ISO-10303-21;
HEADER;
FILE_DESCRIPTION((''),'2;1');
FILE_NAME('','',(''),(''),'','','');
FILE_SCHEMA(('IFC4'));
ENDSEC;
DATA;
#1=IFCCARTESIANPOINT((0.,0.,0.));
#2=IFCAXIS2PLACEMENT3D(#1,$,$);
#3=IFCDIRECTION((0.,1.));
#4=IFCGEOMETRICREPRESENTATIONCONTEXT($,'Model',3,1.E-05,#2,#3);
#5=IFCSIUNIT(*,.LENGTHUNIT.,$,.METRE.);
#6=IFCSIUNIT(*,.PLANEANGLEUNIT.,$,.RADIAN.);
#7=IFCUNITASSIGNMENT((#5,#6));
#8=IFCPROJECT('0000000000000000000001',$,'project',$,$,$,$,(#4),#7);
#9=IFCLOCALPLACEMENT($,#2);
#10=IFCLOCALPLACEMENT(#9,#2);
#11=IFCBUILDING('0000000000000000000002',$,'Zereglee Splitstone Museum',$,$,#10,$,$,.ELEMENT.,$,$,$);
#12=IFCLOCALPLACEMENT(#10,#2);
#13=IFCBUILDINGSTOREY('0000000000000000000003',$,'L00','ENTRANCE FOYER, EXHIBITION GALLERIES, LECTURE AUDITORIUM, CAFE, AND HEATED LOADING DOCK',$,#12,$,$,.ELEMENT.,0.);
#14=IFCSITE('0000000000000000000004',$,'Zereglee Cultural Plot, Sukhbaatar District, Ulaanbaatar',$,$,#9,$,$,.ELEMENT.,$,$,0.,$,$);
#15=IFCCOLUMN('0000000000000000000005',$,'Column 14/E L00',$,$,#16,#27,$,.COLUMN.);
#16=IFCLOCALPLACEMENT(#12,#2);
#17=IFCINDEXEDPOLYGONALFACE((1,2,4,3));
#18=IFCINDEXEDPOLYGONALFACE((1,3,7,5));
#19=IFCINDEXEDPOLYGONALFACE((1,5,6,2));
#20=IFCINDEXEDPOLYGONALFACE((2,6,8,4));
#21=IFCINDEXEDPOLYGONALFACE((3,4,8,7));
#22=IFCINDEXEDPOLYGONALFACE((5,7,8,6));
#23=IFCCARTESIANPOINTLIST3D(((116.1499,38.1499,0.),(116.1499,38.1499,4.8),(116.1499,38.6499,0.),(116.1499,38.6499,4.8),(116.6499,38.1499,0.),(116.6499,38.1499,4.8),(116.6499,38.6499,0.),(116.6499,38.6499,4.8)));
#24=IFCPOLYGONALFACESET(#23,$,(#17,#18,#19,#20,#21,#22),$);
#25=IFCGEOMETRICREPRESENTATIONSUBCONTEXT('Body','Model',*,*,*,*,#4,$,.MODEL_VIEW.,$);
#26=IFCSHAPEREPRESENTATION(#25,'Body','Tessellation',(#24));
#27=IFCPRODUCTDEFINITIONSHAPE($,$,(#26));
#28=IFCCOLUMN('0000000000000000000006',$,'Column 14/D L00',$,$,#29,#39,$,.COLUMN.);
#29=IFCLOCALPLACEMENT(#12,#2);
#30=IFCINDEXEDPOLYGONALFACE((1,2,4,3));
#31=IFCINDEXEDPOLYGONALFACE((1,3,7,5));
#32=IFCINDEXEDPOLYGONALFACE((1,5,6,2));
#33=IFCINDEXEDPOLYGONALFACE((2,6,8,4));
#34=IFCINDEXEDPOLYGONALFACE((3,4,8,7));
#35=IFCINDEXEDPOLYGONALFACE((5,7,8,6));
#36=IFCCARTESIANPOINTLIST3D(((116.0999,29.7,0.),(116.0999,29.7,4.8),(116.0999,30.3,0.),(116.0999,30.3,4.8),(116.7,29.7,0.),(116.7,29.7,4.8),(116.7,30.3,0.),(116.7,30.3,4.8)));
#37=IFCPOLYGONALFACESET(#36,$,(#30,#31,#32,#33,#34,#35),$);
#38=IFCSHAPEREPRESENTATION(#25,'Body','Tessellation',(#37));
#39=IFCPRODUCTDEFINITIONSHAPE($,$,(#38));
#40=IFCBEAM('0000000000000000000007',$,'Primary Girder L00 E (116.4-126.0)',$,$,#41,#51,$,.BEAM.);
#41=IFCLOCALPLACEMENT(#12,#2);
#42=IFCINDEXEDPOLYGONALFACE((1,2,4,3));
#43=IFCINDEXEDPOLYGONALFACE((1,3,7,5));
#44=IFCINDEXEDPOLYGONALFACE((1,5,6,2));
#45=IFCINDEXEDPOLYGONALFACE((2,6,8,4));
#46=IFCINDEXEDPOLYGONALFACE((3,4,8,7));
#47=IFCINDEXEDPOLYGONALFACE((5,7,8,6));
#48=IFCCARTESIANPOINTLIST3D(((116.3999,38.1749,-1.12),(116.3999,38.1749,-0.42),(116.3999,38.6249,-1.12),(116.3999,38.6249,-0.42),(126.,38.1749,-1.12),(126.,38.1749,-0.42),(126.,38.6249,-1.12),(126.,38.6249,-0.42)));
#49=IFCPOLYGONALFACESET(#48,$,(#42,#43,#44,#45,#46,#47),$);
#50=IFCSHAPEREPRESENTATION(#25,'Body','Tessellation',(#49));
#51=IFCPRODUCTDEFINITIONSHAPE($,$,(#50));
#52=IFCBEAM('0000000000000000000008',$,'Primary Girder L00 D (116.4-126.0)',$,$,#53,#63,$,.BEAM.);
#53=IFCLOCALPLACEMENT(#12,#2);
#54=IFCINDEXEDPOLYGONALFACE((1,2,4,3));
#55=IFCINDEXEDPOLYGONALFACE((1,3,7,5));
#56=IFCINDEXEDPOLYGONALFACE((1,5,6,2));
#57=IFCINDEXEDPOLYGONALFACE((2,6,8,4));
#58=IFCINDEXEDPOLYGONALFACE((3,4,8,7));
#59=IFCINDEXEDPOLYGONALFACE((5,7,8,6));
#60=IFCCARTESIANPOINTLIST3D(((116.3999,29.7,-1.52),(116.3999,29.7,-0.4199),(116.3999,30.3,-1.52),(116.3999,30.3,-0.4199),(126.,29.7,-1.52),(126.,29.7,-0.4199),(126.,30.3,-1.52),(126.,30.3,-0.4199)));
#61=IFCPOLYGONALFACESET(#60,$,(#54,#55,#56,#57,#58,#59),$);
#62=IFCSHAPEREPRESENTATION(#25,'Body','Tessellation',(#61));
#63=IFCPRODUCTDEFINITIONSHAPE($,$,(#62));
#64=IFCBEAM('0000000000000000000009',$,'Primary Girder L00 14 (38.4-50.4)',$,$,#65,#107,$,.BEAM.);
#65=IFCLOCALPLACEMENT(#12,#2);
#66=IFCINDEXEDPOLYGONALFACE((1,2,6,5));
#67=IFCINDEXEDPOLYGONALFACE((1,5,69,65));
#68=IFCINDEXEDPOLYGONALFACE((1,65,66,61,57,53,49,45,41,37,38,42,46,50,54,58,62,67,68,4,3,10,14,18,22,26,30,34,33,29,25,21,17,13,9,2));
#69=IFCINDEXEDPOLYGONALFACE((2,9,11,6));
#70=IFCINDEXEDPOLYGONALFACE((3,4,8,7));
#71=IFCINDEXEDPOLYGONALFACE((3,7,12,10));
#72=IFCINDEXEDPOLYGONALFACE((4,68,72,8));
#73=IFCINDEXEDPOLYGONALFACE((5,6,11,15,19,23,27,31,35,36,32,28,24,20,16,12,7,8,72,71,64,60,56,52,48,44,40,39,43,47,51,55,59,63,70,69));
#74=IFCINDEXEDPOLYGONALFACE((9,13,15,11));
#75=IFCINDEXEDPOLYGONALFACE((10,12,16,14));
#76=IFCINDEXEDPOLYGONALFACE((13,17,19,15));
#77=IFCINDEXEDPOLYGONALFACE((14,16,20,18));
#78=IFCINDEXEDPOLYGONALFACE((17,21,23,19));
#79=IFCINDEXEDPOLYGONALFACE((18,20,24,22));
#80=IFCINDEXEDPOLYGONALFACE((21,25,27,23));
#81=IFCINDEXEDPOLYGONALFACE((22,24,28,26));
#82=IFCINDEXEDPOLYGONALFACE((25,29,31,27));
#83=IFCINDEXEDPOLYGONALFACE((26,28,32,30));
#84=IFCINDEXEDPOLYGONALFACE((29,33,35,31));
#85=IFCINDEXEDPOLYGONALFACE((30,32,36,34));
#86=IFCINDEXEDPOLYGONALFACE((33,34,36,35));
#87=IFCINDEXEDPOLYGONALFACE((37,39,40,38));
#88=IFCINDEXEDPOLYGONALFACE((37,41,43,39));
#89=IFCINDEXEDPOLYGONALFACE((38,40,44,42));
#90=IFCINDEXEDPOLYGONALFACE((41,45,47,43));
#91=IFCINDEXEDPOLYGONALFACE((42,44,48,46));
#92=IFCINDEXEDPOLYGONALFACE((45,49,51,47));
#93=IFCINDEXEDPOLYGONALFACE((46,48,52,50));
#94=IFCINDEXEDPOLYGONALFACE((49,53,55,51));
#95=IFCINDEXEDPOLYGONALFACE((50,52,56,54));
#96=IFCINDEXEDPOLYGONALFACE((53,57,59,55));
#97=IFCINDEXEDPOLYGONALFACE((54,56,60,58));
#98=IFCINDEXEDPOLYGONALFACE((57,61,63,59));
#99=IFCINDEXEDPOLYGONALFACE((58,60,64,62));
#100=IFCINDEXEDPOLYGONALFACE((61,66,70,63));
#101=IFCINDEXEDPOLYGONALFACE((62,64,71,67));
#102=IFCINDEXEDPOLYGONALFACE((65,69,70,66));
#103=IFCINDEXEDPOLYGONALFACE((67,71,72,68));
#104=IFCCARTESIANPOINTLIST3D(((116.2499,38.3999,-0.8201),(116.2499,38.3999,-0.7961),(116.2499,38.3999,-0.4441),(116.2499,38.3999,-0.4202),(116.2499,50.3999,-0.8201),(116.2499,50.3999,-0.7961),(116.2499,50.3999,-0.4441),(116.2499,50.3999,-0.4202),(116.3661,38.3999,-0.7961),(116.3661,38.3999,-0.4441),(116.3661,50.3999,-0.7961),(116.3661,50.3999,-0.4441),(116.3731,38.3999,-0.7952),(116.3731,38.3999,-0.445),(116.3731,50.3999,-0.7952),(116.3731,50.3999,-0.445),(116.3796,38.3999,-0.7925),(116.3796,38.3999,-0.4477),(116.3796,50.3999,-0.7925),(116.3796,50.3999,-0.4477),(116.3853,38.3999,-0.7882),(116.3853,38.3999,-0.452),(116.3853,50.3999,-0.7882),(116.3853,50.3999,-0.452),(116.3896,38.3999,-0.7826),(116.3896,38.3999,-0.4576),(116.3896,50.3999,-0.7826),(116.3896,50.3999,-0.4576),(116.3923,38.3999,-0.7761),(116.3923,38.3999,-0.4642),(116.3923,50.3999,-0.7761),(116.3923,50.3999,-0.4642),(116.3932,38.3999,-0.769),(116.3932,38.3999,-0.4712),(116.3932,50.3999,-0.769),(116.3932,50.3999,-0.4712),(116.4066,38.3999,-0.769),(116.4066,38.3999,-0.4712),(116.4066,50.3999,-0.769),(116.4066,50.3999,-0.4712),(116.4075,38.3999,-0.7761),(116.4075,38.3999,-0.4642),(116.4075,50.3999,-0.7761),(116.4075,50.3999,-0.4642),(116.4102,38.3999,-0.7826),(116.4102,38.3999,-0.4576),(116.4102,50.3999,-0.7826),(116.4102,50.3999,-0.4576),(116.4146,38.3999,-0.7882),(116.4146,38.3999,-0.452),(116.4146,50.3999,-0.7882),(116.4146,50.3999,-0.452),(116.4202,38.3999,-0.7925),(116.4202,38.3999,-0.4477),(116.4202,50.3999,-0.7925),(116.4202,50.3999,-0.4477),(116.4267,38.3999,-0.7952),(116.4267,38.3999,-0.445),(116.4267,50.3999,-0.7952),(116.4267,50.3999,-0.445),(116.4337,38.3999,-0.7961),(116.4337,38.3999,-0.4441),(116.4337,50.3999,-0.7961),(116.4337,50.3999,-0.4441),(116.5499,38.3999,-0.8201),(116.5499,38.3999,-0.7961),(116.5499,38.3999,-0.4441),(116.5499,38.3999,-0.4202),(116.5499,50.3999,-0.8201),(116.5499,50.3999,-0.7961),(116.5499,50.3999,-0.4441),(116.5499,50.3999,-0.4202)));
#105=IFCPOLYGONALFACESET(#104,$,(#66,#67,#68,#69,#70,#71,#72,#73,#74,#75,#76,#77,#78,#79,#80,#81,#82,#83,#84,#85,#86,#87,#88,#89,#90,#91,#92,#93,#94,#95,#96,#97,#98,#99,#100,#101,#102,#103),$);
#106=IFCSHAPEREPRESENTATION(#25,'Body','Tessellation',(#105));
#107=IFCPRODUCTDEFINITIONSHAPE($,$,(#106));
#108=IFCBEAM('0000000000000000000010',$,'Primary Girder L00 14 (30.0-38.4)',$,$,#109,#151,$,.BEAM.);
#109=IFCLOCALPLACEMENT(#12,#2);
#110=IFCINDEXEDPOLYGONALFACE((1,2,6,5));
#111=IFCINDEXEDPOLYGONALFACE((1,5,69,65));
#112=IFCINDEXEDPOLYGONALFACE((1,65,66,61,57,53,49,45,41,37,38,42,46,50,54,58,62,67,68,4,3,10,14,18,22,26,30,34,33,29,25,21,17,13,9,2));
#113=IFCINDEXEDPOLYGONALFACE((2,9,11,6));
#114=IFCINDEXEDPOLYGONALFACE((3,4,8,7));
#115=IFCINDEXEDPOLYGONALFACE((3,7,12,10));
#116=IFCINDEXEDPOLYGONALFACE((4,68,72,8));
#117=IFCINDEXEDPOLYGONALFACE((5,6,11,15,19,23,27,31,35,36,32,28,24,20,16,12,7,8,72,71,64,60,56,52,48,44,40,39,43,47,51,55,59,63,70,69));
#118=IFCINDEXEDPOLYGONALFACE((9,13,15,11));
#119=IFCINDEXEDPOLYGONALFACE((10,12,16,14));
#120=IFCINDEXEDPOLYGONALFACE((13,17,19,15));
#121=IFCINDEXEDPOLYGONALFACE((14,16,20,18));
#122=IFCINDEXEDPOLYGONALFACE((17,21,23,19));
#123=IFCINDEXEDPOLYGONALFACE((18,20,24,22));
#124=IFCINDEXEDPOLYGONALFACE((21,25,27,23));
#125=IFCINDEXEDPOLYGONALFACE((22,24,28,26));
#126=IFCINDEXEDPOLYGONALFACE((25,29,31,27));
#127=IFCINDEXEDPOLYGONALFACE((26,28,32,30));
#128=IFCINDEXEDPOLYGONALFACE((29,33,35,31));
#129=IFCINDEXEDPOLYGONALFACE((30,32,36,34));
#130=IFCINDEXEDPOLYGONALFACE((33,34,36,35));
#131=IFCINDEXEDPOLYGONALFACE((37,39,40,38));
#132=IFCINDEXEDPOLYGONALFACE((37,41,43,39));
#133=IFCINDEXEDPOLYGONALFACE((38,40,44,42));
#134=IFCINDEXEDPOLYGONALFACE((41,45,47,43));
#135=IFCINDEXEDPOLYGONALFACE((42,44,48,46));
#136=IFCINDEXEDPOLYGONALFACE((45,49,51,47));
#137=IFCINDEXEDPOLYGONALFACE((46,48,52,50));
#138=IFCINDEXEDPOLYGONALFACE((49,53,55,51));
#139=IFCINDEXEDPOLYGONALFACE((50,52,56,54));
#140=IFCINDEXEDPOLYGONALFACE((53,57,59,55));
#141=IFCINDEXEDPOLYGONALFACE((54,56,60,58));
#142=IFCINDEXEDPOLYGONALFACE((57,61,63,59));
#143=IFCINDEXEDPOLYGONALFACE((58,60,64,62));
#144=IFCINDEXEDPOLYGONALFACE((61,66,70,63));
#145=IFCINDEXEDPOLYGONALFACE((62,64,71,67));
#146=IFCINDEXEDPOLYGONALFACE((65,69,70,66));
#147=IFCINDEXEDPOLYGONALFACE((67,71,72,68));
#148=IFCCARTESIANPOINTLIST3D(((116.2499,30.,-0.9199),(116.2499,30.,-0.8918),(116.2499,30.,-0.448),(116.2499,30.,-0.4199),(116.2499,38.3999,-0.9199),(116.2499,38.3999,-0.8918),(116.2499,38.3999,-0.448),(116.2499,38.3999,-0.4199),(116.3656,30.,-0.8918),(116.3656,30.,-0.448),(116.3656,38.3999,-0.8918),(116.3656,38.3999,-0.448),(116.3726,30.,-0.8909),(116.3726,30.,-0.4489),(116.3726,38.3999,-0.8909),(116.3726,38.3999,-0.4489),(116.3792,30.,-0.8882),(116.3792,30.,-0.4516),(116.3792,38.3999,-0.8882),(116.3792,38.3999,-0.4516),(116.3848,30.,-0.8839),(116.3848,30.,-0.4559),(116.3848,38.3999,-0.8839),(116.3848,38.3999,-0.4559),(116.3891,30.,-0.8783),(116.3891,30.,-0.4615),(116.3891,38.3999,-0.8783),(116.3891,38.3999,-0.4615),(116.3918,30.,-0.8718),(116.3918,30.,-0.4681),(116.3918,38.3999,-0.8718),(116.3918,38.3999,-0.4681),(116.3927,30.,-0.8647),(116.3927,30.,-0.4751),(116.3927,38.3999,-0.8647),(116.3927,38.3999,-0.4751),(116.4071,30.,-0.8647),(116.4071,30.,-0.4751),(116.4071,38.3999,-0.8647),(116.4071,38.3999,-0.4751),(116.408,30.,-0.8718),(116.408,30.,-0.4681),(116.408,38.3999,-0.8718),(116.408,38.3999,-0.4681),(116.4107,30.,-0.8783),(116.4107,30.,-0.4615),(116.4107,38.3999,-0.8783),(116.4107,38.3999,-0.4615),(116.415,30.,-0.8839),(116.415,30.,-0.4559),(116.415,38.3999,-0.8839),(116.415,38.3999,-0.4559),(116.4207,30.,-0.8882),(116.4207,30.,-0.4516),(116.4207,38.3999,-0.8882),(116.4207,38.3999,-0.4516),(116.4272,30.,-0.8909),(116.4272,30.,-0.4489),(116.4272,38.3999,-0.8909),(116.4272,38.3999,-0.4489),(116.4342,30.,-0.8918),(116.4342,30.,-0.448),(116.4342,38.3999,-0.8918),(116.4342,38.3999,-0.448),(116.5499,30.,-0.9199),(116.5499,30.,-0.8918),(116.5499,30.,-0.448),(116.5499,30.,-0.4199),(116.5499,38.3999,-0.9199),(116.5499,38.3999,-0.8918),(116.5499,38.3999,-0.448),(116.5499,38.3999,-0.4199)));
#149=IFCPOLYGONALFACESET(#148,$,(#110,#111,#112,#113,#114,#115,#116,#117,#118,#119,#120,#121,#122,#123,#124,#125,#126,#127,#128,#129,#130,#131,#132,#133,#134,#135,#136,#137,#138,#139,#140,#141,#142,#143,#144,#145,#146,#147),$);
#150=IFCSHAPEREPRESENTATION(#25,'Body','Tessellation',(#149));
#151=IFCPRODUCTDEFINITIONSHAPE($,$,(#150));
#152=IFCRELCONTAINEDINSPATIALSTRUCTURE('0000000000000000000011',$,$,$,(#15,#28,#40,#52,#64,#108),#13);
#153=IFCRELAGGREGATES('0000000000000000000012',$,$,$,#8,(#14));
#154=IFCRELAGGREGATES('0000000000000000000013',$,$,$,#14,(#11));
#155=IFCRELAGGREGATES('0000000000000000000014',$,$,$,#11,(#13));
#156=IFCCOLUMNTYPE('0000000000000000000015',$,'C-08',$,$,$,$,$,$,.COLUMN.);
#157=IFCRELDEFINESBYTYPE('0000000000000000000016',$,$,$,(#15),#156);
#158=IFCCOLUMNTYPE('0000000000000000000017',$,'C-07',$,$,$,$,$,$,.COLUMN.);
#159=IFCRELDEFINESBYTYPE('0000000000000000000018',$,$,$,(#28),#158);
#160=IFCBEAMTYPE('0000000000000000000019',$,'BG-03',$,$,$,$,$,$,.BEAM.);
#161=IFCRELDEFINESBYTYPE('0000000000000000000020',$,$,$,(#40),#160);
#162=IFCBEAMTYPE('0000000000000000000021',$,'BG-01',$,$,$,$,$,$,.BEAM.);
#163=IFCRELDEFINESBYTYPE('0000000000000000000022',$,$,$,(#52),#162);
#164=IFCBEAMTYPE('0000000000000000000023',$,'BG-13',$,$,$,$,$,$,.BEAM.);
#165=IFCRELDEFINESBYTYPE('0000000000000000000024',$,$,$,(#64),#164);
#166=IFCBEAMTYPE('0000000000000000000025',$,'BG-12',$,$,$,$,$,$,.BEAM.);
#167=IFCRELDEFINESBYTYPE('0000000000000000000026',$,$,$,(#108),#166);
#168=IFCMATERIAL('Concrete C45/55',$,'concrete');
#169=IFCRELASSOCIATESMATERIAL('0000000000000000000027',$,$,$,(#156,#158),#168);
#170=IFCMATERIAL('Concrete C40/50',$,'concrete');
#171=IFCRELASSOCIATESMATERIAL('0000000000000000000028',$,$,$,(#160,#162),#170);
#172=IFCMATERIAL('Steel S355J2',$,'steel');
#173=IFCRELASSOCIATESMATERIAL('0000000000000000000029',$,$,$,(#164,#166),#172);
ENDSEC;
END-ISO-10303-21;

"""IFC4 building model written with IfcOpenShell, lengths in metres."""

from ifc_helpers import new_model, si_unit, direction, frame, origin, origin_2d, place, context, subcontext, project, spatial, rectangle, i_section, extrude, material, material_profile, profile_set, type_object, element, save


model = new_model("IFC4")

# Units and contexts
model_context = context("Model", 3, precision=1e-05, world=origin(), true_north=direction((0.0, 1.0)))
body_context = subcontext(model_context, "Body", "Model", "MODEL_VIEW")
ifc_project = project(units=[si_unit("LENGTHUNIT", "METRE"), si_unit("PLANEANGLEUNIT", "RADIAN")], contexts=[model_context])

# Site, building, storey
site_placement = place(None, origin())
site = spatial("IfcSite", under=ifc_project, at=site_placement, Name="Zereglee Cultural Plot, Sukhbaatar District, Ulaanbaatar", CompositionType="ELEMENT", RefElevation=0.0)
building_placement = place(site_placement, origin())
building = spatial("IfcBuilding", under=site, at=building_placement, Name="Zereglee Splitstone Museum", CompositionType="ELEMENT")
storey_placement = place(building_placement, origin())
storey = spatial("IfcBuildingStorey", under=building, at=storey_placement, Name="L00", Description="ENTRANCE FOYER, EXHIBITION GALLERIES, LECTURE AUDITORIUM, CAFE, AND HEATED LOADING DOCK", CompositionType="ELEMENT", Elevation=0.0)

# Columns
ifc_material_1 = material(Name="Concrete C45/55", Category="concrete")
ifc_material_profile_1 = material_profile(ifc_material_1, rectangle(XDim=0.5, YDim=0.5, at=origin_2d()), Name="RC 500x500")
ifc_profile_set_1 = profile_set([ifc_material_profile_1], Name="Concrete C45/55")
column_type_1 = type_object("IfcColumnType", Name="C-08", PredefinedType="COLUMN", material=ifc_profile_set_1)
column_1_placement = place(storey_placement, frame((116.3999, 38.3999, 0.0), z_axis=(0.0, 0.0, 1.0), x_axis=(1.0, 0.0, 0.0)))
element("IfcColumn", 1, at=column_1_placement, inside=storey, type_object=column_type_1, Name="Column 14/E L00", PredefinedType="COLUMN", context=body_context, shape_type="SweptSolid", body=[
    extrude(rectangle(XDim=0.5, YDim=0.5, at=origin_2d()), origin(), (0.0, 0.0, 1.0), 4.8),
])
ifc_material_profile_2 = material_profile(ifc_material_1, rectangle(XDim=0.6001, YDim=0.6001, at=origin_2d()), Name="RC 600x600")
ifc_profile_set_2 = profile_set([ifc_material_profile_2], Name="Concrete C45/55")
column_type_2 = type_object("IfcColumnType", Name="C-07", PredefinedType="COLUMN", material=ifc_profile_set_2)
column_2_placement = place(storey_placement, frame((116.3999, 30.0, 0.0), z_axis=(0.0, 0.0, 1.0), x_axis=(1.0, 0.0, 0.0)))
element("IfcColumn", 2, at=column_2_placement, inside=storey, type_object=column_type_2, Name="Column 14/D L00", PredefinedType="COLUMN", context=body_context, shape_type="SweptSolid", body=[
    extrude(rectangle(XDim=0.6001, YDim=0.6001, at=origin_2d()), origin(), (0.0, 0.0, 1.0), 4.8),
])

# Beams
ifc_material_2 = material(Name="Concrete C40/50", Category="concrete")
ifc_material_profile_3 = material_profile(ifc_material_2, rectangle(XDim=0.45, YDim=0.7, at=origin_2d()), Name="RC 450x700")
ifc_profile_set_3 = profile_set([ifc_material_profile_3], Name="Concrete C40/50")
beam_type_1 = type_object("IfcBeamType", Name="BG-03", PredefinedType="BEAM", material=ifc_profile_set_3)
beam_1_placement = place(storey_placement, frame((116.3999, 38.3999, -0.77), z_axis=(1.0, 0.0, 0.0), x_axis=(0.0, 1.0, 0.0)))
element("IfcBeam", 3, at=beam_1_placement, inside=storey, type_object=beam_type_1, Name="Primary Girder L00 E (116.4-126.0)", PredefinedType="BEAM", context=body_context, shape_type="SweptSolid", body=[
    extrude(rectangle(XDim=0.45, YDim=0.7, at=origin_2d()), origin(), (0.0, 0.0, 1.0), 9.6001),
])
ifc_material_profile_4 = material_profile(ifc_material_2, rectangle(XDim=0.6001, YDim=1.1001, at=origin_2d()), Name="RC 600x1100")
ifc_profile_set_4 = profile_set([ifc_material_profile_4], Name="Concrete C40/50")
beam_type_2 = type_object("IfcBeamType", Name="BG-01", PredefinedType="BEAM", material=ifc_profile_set_4)
beam_2_placement = place(storey_placement, frame((116.3999, 30.0, -0.97), z_axis=(1.0, 0.0, 0.0), x_axis=(0.0, 1.0, 0.0)))
element("IfcBeam", 4, at=beam_2_placement, inside=storey, type_object=beam_type_2, Name="Primary Girder L00 D (116.4-126.0)", PredefinedType="BEAM", context=body_context, shape_type="SweptSolid", body=[
    extrude(rectangle(XDim=0.6001, YDim=1.1001, at=origin_2d()), origin(), (0.0, 0.0, 1.0), 9.6001),
])
ifc_material_3 = material(Name="Steel S355J2", Category="steel")
ifc_material_profile_5 = material_profile(ifc_material_3, i_section(OverallWidth=0.3, OverallDepth=0.3999, WebThickness=0.0134, FlangeThickness=0.0239, FilletRadius=0.0271, at=origin_2d()), Name="HE 400 B")
ifc_profile_set_5 = profile_set([ifc_material_profile_5], Name="Steel S355J2")
beam_type_3 = type_object("IfcBeamType", Name="BG-13", PredefinedType="BEAM", material=ifc_profile_set_5)
beam_3_placement = place(storey_placement, frame((116.3999, 38.3999, -0.6201), z_axis=(0.0, 1.0, 0.0), x_axis=(-1.0, 0.0, 0.0)))
element("IfcBeam", 5, at=beam_3_placement, inside=storey, type_object=beam_type_3, Name="Primary Girder L00 14 (38.4-50.4)", PredefinedType="BEAM", context=body_context, shape_type="SweptSolid", body=[
    extrude(i_section(OverallWidth=0.3, OverallDepth=0.3999, WebThickness=0.0134, FlangeThickness=0.0239, FilletRadius=0.0271, at=origin_2d()), origin(), (0.0, 0.0, 1.0), 12.0),
])
ifc_material_profile_6 = material_profile(ifc_material_3, i_section(OverallWidth=0.3, OverallDepth=0.5, WebThickness=0.0144, FlangeThickness=0.0281, FilletRadius=0.0271, at=origin_2d()), Name="HE 500 B")
ifc_profile_set_6 = profile_set([ifc_material_profile_6], Name="Steel S355J2")
beam_type_4 = type_object("IfcBeamType", Name="BG-12", PredefinedType="BEAM", material=ifc_profile_set_6)
beam_4_placement = place(storey_placement, frame((116.3999, 30.0, -0.6699), z_axis=(0.0, 1.0, 0.0), x_axis=(-1.0, 0.0, 0.0)))
element("IfcBeam", 6, at=beam_4_placement, inside=storey, type_object=beam_type_4, Name="Primary Girder L00 14 (30.0-38.4)", PredefinedType="BEAM", context=body_context, shape_type="SweptSolid", body=[
    extrude(i_section(OverallWidth=0.3, OverallDepth=0.5, WebThickness=0.0144, FlangeThickness=0.0281, FilletRadius=0.0271, at=origin_2d()), origin(), (0.0, 0.0, 1.0), 8.3999),
])

save(model, "model.ifc")
